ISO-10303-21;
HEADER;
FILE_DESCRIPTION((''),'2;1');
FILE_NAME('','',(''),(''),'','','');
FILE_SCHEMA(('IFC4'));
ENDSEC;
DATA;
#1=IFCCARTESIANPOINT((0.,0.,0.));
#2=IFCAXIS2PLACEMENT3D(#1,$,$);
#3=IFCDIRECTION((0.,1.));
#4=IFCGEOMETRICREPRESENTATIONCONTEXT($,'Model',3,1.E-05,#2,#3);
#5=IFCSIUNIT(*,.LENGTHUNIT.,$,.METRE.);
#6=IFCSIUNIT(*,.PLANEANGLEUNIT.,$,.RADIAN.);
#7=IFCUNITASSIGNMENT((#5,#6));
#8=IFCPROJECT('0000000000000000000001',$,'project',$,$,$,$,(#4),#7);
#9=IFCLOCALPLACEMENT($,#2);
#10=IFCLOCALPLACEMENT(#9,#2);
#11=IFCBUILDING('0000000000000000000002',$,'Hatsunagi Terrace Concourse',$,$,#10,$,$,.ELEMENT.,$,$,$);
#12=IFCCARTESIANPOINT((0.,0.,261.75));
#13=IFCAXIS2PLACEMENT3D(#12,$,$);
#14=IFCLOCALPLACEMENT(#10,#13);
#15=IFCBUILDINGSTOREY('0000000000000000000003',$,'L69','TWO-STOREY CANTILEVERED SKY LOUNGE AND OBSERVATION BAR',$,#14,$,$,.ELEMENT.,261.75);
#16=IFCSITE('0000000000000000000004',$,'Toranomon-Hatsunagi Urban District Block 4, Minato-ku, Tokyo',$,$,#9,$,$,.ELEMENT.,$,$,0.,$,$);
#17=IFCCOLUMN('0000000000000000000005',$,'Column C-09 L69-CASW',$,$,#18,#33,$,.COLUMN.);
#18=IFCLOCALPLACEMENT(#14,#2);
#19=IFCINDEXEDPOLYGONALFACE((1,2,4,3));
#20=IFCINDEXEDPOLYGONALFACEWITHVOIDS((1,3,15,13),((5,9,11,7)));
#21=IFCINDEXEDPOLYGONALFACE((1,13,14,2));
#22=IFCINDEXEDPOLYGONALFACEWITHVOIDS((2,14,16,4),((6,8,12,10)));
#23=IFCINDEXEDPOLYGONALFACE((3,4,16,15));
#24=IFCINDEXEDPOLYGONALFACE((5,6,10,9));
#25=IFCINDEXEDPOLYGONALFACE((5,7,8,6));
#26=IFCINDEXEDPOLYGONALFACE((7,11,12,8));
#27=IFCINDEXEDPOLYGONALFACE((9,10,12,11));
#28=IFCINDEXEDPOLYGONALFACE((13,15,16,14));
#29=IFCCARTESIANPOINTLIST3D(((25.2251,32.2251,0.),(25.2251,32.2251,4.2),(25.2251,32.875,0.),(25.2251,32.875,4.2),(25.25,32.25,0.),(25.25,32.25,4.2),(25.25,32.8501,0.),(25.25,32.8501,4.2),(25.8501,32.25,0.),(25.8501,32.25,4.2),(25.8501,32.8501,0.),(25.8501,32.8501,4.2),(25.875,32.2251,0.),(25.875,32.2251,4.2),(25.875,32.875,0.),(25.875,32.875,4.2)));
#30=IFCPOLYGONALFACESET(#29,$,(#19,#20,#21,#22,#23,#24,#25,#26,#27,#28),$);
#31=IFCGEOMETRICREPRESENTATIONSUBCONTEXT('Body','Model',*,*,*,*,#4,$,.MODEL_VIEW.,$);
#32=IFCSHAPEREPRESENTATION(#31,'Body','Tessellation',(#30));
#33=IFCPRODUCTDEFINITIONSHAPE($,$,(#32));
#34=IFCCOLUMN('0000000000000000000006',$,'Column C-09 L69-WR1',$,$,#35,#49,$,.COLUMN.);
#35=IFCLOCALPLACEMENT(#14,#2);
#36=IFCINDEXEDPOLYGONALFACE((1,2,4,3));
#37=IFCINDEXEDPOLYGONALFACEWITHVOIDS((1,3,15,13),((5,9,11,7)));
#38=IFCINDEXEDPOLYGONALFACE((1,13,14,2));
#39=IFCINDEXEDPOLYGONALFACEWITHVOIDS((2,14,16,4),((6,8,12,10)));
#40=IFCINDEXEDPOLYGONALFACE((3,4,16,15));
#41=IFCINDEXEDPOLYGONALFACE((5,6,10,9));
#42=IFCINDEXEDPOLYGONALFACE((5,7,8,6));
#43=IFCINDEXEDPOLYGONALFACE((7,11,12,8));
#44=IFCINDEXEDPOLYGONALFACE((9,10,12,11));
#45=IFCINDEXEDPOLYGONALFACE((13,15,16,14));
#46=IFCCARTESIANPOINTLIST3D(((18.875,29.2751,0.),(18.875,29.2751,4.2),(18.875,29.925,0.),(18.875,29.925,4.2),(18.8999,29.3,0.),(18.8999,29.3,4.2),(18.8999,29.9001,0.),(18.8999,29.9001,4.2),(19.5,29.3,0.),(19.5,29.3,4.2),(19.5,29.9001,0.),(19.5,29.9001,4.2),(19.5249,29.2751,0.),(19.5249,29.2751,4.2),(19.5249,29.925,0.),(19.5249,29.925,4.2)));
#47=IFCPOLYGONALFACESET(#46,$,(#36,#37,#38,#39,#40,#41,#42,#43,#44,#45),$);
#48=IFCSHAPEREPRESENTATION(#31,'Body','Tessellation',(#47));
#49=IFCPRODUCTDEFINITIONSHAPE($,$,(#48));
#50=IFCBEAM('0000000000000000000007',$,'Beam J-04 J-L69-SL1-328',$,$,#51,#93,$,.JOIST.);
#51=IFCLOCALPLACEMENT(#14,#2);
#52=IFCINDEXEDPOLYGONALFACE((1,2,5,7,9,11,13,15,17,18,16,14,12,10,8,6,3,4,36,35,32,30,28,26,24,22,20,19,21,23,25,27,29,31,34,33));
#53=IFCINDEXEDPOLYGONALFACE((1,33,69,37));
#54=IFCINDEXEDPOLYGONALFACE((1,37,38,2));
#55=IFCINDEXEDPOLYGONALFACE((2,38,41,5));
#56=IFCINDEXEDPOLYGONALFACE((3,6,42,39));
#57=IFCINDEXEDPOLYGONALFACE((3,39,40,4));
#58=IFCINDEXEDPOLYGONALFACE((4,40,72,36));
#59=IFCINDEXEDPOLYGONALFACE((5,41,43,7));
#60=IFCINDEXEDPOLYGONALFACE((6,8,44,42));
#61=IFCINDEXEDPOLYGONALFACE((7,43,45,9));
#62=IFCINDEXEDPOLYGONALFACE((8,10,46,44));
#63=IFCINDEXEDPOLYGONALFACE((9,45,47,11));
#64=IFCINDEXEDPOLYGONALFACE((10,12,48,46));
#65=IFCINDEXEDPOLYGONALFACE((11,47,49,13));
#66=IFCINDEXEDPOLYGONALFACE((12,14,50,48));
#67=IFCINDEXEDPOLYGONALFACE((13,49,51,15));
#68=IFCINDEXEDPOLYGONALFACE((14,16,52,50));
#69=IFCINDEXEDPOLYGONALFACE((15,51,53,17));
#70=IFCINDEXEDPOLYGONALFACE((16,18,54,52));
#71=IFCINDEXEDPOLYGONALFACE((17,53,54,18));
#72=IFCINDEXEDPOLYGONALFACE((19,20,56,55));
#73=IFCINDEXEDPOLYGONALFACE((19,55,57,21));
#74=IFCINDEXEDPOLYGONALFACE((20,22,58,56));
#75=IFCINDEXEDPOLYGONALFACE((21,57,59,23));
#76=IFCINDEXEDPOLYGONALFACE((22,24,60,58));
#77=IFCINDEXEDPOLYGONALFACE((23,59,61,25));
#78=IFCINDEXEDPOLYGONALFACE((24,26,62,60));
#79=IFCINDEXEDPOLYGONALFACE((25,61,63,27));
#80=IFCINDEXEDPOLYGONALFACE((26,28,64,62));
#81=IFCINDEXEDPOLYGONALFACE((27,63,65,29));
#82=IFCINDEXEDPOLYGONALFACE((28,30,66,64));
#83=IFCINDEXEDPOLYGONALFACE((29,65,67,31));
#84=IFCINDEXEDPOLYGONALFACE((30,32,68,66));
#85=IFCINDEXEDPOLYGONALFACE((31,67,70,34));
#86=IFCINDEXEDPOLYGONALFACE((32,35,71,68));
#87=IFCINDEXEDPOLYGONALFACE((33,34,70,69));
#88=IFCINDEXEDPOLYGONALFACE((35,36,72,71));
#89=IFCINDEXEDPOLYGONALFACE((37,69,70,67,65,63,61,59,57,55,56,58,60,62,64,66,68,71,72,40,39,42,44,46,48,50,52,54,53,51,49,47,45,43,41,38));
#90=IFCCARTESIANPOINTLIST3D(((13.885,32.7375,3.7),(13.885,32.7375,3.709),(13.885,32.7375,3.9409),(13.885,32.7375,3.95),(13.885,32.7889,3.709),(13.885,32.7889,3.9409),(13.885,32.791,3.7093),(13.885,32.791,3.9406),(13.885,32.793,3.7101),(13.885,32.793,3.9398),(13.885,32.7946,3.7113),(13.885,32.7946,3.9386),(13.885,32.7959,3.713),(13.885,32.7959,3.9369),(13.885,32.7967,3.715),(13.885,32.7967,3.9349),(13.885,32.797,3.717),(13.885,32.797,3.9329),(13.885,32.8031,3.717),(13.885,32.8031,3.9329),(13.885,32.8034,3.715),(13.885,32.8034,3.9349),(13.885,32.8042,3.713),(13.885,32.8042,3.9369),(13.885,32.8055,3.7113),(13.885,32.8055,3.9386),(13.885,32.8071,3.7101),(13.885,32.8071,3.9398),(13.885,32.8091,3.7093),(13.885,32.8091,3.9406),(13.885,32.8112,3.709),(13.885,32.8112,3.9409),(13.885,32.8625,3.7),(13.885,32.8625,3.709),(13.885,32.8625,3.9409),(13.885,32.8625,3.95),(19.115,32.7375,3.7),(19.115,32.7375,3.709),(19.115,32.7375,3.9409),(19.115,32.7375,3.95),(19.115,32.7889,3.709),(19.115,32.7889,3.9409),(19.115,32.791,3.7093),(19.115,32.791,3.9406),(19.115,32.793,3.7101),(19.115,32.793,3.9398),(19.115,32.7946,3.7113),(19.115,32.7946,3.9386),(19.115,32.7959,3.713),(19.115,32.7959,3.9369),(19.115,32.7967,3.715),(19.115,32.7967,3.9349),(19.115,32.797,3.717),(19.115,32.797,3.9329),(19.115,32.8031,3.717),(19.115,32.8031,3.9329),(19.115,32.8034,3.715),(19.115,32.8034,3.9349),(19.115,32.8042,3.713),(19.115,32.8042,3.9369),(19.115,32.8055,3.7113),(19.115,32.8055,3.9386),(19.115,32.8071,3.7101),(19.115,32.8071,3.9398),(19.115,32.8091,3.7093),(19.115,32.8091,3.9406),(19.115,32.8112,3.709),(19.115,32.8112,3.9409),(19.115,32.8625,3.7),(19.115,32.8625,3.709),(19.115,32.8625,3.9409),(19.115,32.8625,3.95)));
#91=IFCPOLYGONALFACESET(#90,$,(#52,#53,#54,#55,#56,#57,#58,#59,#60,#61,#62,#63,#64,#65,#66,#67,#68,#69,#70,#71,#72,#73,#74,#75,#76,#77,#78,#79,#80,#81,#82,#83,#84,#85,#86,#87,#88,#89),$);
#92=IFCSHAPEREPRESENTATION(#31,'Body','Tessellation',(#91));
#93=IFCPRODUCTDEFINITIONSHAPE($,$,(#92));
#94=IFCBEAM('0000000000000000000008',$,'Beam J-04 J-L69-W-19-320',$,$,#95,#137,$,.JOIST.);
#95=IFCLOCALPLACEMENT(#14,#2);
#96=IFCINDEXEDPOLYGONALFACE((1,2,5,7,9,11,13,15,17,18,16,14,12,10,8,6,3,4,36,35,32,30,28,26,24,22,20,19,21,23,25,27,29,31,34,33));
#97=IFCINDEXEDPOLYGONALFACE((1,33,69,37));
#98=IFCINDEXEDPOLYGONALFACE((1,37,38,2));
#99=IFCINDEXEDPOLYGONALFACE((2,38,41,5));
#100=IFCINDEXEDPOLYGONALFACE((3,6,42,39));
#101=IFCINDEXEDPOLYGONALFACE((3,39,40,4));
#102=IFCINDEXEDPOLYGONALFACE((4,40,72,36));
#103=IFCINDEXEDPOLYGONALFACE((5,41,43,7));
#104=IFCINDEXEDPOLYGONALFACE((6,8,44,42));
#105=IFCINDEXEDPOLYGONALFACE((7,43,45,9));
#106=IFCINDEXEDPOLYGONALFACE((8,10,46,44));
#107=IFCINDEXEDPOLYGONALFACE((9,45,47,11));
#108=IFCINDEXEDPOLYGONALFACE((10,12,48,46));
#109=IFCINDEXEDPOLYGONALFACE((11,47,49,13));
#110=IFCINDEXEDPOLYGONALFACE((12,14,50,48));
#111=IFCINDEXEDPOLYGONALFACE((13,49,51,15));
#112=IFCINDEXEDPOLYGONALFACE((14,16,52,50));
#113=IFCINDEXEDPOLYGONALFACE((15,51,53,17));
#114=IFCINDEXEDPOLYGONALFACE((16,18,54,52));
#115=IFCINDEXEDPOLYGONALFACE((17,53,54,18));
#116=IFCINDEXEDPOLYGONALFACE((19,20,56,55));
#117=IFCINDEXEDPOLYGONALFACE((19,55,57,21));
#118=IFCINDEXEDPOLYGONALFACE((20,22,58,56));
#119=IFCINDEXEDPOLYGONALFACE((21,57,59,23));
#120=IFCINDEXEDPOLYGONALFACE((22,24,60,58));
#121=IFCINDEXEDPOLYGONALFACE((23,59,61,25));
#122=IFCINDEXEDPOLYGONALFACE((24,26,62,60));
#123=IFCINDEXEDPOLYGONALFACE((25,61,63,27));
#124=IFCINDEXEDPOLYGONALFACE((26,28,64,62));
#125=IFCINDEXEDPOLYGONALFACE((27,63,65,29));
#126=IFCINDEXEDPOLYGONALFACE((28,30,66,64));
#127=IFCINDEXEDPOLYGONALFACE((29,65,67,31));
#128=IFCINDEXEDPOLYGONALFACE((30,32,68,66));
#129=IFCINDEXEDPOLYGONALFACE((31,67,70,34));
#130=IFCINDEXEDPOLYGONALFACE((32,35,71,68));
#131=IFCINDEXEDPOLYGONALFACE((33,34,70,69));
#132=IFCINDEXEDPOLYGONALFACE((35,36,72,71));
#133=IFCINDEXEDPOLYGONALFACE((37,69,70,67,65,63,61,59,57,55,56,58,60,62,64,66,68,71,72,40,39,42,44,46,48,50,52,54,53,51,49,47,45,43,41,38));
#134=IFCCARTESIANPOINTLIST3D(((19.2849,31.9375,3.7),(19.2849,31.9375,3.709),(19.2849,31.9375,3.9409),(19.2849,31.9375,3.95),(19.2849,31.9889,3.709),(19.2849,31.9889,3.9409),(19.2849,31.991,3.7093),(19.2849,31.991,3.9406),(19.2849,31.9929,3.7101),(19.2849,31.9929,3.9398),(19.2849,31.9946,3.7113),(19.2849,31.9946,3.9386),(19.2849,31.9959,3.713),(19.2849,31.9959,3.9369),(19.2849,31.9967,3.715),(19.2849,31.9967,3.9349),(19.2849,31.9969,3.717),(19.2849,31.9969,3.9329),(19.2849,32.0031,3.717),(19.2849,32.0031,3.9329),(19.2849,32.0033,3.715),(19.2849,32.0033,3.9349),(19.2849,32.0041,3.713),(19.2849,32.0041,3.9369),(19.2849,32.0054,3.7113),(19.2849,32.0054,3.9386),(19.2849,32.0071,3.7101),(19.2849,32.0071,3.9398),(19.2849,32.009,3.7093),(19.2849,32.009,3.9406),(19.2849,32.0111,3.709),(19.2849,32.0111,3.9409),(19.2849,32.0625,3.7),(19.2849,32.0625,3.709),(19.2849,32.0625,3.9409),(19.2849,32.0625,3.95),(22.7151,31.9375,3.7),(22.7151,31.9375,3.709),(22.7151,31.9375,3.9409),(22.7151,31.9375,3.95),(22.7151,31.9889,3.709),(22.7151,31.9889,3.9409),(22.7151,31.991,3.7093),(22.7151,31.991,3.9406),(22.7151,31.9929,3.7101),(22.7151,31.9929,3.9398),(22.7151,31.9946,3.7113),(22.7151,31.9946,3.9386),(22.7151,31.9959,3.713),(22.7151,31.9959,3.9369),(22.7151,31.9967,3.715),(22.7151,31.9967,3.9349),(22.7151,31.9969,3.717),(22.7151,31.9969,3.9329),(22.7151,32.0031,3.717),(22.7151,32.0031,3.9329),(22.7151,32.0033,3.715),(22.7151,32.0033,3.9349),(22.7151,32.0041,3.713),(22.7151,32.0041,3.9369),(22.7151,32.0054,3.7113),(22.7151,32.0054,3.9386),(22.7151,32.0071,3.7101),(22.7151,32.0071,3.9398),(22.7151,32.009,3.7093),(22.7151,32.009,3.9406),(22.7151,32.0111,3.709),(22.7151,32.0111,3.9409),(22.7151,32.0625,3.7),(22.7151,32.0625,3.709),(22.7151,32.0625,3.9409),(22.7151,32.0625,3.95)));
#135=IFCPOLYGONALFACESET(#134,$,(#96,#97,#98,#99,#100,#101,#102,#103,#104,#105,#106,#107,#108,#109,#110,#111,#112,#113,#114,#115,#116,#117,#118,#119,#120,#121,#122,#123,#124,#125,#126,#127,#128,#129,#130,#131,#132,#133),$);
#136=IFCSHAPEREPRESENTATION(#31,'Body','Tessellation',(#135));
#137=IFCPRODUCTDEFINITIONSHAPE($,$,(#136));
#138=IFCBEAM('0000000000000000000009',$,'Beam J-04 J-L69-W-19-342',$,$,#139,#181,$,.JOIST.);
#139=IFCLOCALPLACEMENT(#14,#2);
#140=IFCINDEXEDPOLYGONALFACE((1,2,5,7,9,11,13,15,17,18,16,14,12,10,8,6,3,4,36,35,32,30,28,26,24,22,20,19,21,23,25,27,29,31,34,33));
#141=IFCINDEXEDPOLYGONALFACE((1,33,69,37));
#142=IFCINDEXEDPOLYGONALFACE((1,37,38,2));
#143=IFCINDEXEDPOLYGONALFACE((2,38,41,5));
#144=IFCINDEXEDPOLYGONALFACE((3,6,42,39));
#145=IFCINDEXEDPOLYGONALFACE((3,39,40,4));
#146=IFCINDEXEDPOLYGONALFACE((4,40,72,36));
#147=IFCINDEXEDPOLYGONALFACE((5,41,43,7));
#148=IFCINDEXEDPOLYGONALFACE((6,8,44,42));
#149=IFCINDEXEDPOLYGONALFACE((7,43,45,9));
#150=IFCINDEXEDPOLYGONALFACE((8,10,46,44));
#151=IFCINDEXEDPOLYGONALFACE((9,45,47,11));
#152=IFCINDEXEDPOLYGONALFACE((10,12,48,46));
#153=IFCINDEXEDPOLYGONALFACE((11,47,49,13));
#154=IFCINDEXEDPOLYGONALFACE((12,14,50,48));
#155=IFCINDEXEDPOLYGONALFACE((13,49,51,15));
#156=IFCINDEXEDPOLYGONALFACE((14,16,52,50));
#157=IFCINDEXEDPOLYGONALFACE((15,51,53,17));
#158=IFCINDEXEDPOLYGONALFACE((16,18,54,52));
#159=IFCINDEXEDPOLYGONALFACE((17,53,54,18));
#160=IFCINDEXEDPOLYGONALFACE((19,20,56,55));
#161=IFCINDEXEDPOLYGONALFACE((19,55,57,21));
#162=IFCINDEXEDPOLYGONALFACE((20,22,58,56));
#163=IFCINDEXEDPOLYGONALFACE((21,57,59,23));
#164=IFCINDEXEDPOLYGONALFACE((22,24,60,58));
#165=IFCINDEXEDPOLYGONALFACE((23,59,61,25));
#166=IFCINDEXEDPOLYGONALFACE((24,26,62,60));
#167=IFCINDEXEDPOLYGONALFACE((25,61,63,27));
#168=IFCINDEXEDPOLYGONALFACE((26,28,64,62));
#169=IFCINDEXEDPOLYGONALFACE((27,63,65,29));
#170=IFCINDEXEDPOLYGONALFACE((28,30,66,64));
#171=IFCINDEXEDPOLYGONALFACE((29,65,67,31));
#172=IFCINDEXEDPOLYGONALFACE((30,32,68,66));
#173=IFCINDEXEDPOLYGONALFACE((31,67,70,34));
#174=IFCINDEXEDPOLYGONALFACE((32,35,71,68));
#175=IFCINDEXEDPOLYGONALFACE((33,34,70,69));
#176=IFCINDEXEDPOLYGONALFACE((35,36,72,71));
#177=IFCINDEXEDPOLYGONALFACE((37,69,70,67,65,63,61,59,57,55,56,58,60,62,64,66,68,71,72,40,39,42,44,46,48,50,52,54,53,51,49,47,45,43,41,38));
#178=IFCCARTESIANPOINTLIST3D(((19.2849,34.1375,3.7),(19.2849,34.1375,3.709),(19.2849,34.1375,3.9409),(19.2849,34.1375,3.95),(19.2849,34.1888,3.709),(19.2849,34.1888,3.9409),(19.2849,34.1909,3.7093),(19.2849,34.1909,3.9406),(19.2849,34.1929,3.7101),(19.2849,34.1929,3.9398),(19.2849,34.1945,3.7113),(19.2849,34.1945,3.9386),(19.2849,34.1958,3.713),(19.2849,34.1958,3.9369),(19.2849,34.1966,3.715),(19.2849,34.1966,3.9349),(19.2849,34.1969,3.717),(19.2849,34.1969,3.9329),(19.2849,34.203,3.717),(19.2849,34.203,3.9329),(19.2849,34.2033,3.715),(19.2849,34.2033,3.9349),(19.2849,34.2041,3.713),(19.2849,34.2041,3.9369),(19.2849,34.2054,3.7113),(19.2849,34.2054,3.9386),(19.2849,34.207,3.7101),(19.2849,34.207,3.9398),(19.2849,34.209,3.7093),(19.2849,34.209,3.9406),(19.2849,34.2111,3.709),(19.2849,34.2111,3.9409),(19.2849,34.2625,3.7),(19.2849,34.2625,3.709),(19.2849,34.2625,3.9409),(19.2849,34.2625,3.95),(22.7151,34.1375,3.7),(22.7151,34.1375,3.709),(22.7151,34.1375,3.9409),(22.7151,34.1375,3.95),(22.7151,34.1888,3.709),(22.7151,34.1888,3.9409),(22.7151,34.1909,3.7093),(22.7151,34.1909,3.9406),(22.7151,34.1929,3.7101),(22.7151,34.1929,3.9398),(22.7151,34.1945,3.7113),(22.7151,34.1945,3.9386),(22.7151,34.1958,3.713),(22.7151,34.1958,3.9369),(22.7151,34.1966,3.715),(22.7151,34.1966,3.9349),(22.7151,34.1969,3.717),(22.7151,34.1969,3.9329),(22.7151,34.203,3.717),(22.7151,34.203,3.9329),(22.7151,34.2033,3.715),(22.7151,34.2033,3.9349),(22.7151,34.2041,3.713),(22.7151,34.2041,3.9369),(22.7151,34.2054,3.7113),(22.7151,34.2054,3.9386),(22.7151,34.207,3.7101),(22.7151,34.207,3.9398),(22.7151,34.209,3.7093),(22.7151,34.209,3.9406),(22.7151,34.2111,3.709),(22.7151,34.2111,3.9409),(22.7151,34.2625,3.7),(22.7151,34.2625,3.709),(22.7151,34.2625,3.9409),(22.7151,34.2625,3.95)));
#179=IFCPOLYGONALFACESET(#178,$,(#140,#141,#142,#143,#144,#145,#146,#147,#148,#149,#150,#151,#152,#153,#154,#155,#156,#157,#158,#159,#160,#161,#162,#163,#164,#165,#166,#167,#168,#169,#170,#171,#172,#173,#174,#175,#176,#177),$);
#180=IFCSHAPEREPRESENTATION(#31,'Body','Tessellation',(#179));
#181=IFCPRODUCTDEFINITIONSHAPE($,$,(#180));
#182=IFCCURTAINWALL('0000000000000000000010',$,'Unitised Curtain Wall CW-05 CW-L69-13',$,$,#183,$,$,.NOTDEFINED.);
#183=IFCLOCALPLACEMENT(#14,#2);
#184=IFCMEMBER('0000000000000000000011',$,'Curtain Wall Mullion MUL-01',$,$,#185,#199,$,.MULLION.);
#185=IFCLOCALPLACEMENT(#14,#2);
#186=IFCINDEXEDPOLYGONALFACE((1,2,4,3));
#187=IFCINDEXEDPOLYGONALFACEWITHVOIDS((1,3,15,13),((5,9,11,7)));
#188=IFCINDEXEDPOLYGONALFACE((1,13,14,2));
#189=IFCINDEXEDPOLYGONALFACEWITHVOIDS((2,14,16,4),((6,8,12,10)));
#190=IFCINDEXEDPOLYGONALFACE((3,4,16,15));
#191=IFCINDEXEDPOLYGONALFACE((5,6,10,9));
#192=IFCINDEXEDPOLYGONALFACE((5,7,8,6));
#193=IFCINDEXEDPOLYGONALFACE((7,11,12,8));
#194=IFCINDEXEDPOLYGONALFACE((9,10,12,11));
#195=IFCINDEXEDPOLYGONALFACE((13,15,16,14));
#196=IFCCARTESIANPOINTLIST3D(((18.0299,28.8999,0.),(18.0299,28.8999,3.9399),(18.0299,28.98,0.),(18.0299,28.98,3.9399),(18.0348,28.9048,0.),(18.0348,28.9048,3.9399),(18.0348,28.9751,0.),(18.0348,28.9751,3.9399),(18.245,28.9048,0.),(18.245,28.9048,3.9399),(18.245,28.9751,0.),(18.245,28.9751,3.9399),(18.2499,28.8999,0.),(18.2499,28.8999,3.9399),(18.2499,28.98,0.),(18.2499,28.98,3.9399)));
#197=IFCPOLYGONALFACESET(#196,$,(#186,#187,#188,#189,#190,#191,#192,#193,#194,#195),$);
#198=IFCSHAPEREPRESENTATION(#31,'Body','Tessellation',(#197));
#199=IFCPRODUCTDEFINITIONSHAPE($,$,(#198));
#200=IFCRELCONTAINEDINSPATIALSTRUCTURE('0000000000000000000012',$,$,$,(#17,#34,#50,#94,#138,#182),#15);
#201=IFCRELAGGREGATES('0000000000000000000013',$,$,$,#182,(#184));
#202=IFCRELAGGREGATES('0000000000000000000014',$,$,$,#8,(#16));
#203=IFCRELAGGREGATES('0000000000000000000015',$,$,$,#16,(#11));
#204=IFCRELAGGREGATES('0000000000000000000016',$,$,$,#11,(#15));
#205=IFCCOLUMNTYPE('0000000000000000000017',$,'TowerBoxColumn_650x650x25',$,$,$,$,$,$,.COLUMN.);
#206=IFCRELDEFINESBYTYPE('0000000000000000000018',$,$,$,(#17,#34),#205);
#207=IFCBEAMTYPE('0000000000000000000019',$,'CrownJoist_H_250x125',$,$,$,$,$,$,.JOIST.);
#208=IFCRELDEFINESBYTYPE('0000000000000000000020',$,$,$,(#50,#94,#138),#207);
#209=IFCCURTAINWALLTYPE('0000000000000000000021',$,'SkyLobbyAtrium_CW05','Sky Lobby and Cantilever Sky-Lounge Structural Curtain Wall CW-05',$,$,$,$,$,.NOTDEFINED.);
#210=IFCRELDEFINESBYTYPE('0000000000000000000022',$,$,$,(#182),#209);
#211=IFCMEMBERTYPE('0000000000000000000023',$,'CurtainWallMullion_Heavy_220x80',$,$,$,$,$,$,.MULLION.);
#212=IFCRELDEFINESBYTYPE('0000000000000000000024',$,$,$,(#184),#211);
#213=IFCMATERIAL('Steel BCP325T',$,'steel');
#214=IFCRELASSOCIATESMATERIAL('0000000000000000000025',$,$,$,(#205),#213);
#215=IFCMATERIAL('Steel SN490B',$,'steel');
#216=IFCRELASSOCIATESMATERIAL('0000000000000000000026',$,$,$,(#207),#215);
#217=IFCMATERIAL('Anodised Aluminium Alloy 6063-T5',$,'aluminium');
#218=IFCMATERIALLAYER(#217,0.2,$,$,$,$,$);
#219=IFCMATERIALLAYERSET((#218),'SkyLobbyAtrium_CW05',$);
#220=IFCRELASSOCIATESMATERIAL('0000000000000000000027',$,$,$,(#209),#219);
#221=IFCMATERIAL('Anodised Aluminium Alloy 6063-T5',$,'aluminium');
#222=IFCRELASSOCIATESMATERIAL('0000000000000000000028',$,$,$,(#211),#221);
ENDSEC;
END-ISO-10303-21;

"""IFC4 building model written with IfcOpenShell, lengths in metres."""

from ifc_helpers import new_model, si_unit, direction, frame, origin, origin_2d, place, context, subcontext, project, spatial, hollow_rectangle, i_section, extrude, material, layer, layer_set, material_profile, profile_set, type_object, element, aggregate, save


model = new_model("IFC4")

# Units and contexts
model_context = context("Model", 3, precision=1e-05, world=origin(), true_north=direction((0.0, 1.0)))
body_context = subcontext(model_context, "Body", "Model", "MODEL_VIEW")
ifc_project = project(units=[si_unit("LENGTHUNIT", "METRE"), si_unit("PLANEANGLEUNIT", "RADIAN")], contexts=[model_context])

# Site, building, storey
site_placement = place(None, origin())
site = spatial("IfcSite", under=ifc_project, at=site_placement, Name="Toranomon-Hatsunagi Urban District Block 4, Minato-ku, Tokyo", CompositionType="ELEMENT", RefElevation=0.0)
building_placement = place(site_placement, origin())
building = spatial("IfcBuilding", under=site, at=building_placement, Name="Hatsunagi Terrace Concourse", CompositionType="ELEMENT")
storey_placement = place(building_placement, frame((0.0, 0.0, 261.75)))
storey = spatial("IfcBuildingStorey", under=building, at=storey_placement, Name="L69", Description="TWO-STOREY CANTILEVERED SKY LOUNGE AND OBSERVATION BAR", CompositionType="ELEMENT", Elevation=261.75)

# Columns
ifc_material_1 = material(Name="Steel BCP325T", Category="steel")
ifc_material_profile_1 = material_profile(ifc_material_1, hollow_rectangle(XDim=0.6499, YDim=0.6499, WallThickness=0.0249, at=origin_2d()), Name="BCP-650x650x25")
ifc_profile_set_1 = profile_set([ifc_material_profile_1], Name="Steel BCP325T")
column_type = type_object("IfcColumnType", Name="TowerBoxColumn_650x650x25", PredefinedType="COLUMN", material=ifc_profile_set_1)
for number, where, z_axis, x_axis, name in (
    (1, (25.55, 32.55, 0.0), (0.0, 0.0, 1.0), (1.0, 0.0, 0.0), "Column C-09 L69-CASW"),
    (2, (19.2, 29.6001, 0.0), (0.0, 0.0, 1.0), (1.0, 0.0, 0.0), "Column C-09 L69-WR1"),
):
    element("IfcColumn", number, at=place(storey_placement, frame(where, z_axis=z_axis, x_axis=x_axis)), inside=storey, type_object=column_type, Name=name, PredefinedType="COLUMN", context=body_context, shape_type="SweptSolid", body=[
        extrude(hollow_rectangle(XDim=0.6499, YDim=0.6499, WallThickness=0.0249, at=origin_2d()), origin(), (0.0, 0.0, 1.0), 4.2),
    ])

# Beams
ifc_material_2 = material(Name="Steel SN490B", Category="steel")
ifc_material_profile_2 = material_profile(ifc_material_2, i_section(OverallWidth=0.125, OverallDepth=0.25, WebThickness=0.0061, FlangeThickness=0.009, FilletRadius=0.0081, at=origin_2d()), Name="H-250x125x6x9")
ifc_profile_set_2 = profile_set([ifc_material_profile_2], Name="Steel SN490B")
beam_type_1 = type_object("IfcBeamType", Name="CrownJoist_H_250x125", PredefinedType="JOIST", material=ifc_profile_set_2)
beam_1_placement = place(storey_placement, frame((19.115, 32.8, 3.825), z_axis=(-1.0, 0.0, 0.0), x_axis=(0.0, -1.0, 0.0)))
element("IfcBeam", 3, at=beam_1_placement, inside=storey, type_object=beam_type_1, Name="Beam J-04 J-L69-SL1-328", PredefinedType="JOIST", context=body_context, shape_type="SweptSolid", body=[
    extrude(i_section(OverallWidth=0.125, OverallDepth=0.25, WebThickness=0.0061, FlangeThickness=0.009, FilletRadius=0.0081, at=origin_2d()), origin(), (0.0, 0.0, 1.0), 5.23),
])
for number, where, z_axis, x_axis, name in (
    (4, (19.2849, 32.0, 3.825), (1.0, 0.0, 0.0), (0.0, 1.0, 0.0), "Beam J-04 J-L69-W-19-320"),
    (5, (19.2849, 34.2, 3.825), (1.0, 0.0, 0.0), (0.0, 1.0, 0.0), "Beam J-04 J-L69-W-19-342"),
):
    element("IfcBeam", number, at=place(storey_placement, frame(where, z_axis=z_axis, x_axis=x_axis)), inside=storey, type_object=beam_type_1, Name=name, PredefinedType="JOIST", context=body_context, shape_type="SweptSolid", body=[
        extrude(i_section(OverallWidth=0.125, OverallDepth=0.25, WebThickness=0.0061, FlangeThickness=0.009, FilletRadius=0.0081, at=origin_2d()), origin(), (0.0, 0.0, 1.0), 3.4302),
    ])

# Curtain wall, member
ifc_material_3 = material(Name="Anodised Aluminium Alloy 6063-T5", Category="aluminium")
ifc_layer_1 = layer(ifc_material_3, 0.2)
ifc_layer_set_1 = layer_set([ifc_layer_1], Name="SkyLobbyAtrium_CW05")
curtain_wall_type = type_object("IfcCurtainWallType", Name="SkyLobbyAtrium_CW05", Description="Sky Lobby and Cantilever Sky-Lounge Structural Curtain Wall CW-05", PredefinedType="NOTDEFINED", material=ifc_layer_set_1)
curtain_wall_1_placement = place(storey_placement, origin())
curtain_wall_1 = element("IfcCurtainWall", 6, at=curtain_wall_1_placement, inside=storey, type_object=curtain_wall_type, Name="Unitised Curtain Wall CW-05 CW-L69-13", PredefinedType="NOTDEFINED")
ifc_material_4 = material(Name="Anodised Aluminium Alloy 6063-T5", Category="aluminium")
ifc_material_profile_3 = material_profile(ifc_material_4, hollow_rectangle(XDim=0.0801, YDim=0.22, WallThickness=0.0049, at=origin_2d()), Name="ALU-MUL-220x80x5")
ifc_profile_set_3 = profile_set([ifc_material_profile_3], Name="Anodised Aluminium Alloy 6063-T5")
member_type_1 = type_object("IfcMemberType", Name="CurtainWallMullion_Heavy_220x80", PredefinedType="MULLION", material=ifc_profile_set_3)
member_1_placement = place(storey_placement, frame((18.1399, 28.9399, 0.0), z_axis=(0.0, 0.0, 1.0), x_axis=(0.0, 1.0, 0.0)))
member_1 = element("IfcMember", 7, at=member_1_placement, type_object=member_type_1, Name="Curtain Wall Mullion MUL-01", PredefinedType="MULLION", context=body_context, shape_type="SweptSolid", body=[
    extrude(hollow_rectangle(XDim=0.0801, YDim=0.22, WallThickness=0.0049, at=origin_2d()), origin(), (0.0, 0.0, 1.0), 3.9399),
])
aggregate(curtain_wall_1, [member_1])

save(model, "model.ifc")
